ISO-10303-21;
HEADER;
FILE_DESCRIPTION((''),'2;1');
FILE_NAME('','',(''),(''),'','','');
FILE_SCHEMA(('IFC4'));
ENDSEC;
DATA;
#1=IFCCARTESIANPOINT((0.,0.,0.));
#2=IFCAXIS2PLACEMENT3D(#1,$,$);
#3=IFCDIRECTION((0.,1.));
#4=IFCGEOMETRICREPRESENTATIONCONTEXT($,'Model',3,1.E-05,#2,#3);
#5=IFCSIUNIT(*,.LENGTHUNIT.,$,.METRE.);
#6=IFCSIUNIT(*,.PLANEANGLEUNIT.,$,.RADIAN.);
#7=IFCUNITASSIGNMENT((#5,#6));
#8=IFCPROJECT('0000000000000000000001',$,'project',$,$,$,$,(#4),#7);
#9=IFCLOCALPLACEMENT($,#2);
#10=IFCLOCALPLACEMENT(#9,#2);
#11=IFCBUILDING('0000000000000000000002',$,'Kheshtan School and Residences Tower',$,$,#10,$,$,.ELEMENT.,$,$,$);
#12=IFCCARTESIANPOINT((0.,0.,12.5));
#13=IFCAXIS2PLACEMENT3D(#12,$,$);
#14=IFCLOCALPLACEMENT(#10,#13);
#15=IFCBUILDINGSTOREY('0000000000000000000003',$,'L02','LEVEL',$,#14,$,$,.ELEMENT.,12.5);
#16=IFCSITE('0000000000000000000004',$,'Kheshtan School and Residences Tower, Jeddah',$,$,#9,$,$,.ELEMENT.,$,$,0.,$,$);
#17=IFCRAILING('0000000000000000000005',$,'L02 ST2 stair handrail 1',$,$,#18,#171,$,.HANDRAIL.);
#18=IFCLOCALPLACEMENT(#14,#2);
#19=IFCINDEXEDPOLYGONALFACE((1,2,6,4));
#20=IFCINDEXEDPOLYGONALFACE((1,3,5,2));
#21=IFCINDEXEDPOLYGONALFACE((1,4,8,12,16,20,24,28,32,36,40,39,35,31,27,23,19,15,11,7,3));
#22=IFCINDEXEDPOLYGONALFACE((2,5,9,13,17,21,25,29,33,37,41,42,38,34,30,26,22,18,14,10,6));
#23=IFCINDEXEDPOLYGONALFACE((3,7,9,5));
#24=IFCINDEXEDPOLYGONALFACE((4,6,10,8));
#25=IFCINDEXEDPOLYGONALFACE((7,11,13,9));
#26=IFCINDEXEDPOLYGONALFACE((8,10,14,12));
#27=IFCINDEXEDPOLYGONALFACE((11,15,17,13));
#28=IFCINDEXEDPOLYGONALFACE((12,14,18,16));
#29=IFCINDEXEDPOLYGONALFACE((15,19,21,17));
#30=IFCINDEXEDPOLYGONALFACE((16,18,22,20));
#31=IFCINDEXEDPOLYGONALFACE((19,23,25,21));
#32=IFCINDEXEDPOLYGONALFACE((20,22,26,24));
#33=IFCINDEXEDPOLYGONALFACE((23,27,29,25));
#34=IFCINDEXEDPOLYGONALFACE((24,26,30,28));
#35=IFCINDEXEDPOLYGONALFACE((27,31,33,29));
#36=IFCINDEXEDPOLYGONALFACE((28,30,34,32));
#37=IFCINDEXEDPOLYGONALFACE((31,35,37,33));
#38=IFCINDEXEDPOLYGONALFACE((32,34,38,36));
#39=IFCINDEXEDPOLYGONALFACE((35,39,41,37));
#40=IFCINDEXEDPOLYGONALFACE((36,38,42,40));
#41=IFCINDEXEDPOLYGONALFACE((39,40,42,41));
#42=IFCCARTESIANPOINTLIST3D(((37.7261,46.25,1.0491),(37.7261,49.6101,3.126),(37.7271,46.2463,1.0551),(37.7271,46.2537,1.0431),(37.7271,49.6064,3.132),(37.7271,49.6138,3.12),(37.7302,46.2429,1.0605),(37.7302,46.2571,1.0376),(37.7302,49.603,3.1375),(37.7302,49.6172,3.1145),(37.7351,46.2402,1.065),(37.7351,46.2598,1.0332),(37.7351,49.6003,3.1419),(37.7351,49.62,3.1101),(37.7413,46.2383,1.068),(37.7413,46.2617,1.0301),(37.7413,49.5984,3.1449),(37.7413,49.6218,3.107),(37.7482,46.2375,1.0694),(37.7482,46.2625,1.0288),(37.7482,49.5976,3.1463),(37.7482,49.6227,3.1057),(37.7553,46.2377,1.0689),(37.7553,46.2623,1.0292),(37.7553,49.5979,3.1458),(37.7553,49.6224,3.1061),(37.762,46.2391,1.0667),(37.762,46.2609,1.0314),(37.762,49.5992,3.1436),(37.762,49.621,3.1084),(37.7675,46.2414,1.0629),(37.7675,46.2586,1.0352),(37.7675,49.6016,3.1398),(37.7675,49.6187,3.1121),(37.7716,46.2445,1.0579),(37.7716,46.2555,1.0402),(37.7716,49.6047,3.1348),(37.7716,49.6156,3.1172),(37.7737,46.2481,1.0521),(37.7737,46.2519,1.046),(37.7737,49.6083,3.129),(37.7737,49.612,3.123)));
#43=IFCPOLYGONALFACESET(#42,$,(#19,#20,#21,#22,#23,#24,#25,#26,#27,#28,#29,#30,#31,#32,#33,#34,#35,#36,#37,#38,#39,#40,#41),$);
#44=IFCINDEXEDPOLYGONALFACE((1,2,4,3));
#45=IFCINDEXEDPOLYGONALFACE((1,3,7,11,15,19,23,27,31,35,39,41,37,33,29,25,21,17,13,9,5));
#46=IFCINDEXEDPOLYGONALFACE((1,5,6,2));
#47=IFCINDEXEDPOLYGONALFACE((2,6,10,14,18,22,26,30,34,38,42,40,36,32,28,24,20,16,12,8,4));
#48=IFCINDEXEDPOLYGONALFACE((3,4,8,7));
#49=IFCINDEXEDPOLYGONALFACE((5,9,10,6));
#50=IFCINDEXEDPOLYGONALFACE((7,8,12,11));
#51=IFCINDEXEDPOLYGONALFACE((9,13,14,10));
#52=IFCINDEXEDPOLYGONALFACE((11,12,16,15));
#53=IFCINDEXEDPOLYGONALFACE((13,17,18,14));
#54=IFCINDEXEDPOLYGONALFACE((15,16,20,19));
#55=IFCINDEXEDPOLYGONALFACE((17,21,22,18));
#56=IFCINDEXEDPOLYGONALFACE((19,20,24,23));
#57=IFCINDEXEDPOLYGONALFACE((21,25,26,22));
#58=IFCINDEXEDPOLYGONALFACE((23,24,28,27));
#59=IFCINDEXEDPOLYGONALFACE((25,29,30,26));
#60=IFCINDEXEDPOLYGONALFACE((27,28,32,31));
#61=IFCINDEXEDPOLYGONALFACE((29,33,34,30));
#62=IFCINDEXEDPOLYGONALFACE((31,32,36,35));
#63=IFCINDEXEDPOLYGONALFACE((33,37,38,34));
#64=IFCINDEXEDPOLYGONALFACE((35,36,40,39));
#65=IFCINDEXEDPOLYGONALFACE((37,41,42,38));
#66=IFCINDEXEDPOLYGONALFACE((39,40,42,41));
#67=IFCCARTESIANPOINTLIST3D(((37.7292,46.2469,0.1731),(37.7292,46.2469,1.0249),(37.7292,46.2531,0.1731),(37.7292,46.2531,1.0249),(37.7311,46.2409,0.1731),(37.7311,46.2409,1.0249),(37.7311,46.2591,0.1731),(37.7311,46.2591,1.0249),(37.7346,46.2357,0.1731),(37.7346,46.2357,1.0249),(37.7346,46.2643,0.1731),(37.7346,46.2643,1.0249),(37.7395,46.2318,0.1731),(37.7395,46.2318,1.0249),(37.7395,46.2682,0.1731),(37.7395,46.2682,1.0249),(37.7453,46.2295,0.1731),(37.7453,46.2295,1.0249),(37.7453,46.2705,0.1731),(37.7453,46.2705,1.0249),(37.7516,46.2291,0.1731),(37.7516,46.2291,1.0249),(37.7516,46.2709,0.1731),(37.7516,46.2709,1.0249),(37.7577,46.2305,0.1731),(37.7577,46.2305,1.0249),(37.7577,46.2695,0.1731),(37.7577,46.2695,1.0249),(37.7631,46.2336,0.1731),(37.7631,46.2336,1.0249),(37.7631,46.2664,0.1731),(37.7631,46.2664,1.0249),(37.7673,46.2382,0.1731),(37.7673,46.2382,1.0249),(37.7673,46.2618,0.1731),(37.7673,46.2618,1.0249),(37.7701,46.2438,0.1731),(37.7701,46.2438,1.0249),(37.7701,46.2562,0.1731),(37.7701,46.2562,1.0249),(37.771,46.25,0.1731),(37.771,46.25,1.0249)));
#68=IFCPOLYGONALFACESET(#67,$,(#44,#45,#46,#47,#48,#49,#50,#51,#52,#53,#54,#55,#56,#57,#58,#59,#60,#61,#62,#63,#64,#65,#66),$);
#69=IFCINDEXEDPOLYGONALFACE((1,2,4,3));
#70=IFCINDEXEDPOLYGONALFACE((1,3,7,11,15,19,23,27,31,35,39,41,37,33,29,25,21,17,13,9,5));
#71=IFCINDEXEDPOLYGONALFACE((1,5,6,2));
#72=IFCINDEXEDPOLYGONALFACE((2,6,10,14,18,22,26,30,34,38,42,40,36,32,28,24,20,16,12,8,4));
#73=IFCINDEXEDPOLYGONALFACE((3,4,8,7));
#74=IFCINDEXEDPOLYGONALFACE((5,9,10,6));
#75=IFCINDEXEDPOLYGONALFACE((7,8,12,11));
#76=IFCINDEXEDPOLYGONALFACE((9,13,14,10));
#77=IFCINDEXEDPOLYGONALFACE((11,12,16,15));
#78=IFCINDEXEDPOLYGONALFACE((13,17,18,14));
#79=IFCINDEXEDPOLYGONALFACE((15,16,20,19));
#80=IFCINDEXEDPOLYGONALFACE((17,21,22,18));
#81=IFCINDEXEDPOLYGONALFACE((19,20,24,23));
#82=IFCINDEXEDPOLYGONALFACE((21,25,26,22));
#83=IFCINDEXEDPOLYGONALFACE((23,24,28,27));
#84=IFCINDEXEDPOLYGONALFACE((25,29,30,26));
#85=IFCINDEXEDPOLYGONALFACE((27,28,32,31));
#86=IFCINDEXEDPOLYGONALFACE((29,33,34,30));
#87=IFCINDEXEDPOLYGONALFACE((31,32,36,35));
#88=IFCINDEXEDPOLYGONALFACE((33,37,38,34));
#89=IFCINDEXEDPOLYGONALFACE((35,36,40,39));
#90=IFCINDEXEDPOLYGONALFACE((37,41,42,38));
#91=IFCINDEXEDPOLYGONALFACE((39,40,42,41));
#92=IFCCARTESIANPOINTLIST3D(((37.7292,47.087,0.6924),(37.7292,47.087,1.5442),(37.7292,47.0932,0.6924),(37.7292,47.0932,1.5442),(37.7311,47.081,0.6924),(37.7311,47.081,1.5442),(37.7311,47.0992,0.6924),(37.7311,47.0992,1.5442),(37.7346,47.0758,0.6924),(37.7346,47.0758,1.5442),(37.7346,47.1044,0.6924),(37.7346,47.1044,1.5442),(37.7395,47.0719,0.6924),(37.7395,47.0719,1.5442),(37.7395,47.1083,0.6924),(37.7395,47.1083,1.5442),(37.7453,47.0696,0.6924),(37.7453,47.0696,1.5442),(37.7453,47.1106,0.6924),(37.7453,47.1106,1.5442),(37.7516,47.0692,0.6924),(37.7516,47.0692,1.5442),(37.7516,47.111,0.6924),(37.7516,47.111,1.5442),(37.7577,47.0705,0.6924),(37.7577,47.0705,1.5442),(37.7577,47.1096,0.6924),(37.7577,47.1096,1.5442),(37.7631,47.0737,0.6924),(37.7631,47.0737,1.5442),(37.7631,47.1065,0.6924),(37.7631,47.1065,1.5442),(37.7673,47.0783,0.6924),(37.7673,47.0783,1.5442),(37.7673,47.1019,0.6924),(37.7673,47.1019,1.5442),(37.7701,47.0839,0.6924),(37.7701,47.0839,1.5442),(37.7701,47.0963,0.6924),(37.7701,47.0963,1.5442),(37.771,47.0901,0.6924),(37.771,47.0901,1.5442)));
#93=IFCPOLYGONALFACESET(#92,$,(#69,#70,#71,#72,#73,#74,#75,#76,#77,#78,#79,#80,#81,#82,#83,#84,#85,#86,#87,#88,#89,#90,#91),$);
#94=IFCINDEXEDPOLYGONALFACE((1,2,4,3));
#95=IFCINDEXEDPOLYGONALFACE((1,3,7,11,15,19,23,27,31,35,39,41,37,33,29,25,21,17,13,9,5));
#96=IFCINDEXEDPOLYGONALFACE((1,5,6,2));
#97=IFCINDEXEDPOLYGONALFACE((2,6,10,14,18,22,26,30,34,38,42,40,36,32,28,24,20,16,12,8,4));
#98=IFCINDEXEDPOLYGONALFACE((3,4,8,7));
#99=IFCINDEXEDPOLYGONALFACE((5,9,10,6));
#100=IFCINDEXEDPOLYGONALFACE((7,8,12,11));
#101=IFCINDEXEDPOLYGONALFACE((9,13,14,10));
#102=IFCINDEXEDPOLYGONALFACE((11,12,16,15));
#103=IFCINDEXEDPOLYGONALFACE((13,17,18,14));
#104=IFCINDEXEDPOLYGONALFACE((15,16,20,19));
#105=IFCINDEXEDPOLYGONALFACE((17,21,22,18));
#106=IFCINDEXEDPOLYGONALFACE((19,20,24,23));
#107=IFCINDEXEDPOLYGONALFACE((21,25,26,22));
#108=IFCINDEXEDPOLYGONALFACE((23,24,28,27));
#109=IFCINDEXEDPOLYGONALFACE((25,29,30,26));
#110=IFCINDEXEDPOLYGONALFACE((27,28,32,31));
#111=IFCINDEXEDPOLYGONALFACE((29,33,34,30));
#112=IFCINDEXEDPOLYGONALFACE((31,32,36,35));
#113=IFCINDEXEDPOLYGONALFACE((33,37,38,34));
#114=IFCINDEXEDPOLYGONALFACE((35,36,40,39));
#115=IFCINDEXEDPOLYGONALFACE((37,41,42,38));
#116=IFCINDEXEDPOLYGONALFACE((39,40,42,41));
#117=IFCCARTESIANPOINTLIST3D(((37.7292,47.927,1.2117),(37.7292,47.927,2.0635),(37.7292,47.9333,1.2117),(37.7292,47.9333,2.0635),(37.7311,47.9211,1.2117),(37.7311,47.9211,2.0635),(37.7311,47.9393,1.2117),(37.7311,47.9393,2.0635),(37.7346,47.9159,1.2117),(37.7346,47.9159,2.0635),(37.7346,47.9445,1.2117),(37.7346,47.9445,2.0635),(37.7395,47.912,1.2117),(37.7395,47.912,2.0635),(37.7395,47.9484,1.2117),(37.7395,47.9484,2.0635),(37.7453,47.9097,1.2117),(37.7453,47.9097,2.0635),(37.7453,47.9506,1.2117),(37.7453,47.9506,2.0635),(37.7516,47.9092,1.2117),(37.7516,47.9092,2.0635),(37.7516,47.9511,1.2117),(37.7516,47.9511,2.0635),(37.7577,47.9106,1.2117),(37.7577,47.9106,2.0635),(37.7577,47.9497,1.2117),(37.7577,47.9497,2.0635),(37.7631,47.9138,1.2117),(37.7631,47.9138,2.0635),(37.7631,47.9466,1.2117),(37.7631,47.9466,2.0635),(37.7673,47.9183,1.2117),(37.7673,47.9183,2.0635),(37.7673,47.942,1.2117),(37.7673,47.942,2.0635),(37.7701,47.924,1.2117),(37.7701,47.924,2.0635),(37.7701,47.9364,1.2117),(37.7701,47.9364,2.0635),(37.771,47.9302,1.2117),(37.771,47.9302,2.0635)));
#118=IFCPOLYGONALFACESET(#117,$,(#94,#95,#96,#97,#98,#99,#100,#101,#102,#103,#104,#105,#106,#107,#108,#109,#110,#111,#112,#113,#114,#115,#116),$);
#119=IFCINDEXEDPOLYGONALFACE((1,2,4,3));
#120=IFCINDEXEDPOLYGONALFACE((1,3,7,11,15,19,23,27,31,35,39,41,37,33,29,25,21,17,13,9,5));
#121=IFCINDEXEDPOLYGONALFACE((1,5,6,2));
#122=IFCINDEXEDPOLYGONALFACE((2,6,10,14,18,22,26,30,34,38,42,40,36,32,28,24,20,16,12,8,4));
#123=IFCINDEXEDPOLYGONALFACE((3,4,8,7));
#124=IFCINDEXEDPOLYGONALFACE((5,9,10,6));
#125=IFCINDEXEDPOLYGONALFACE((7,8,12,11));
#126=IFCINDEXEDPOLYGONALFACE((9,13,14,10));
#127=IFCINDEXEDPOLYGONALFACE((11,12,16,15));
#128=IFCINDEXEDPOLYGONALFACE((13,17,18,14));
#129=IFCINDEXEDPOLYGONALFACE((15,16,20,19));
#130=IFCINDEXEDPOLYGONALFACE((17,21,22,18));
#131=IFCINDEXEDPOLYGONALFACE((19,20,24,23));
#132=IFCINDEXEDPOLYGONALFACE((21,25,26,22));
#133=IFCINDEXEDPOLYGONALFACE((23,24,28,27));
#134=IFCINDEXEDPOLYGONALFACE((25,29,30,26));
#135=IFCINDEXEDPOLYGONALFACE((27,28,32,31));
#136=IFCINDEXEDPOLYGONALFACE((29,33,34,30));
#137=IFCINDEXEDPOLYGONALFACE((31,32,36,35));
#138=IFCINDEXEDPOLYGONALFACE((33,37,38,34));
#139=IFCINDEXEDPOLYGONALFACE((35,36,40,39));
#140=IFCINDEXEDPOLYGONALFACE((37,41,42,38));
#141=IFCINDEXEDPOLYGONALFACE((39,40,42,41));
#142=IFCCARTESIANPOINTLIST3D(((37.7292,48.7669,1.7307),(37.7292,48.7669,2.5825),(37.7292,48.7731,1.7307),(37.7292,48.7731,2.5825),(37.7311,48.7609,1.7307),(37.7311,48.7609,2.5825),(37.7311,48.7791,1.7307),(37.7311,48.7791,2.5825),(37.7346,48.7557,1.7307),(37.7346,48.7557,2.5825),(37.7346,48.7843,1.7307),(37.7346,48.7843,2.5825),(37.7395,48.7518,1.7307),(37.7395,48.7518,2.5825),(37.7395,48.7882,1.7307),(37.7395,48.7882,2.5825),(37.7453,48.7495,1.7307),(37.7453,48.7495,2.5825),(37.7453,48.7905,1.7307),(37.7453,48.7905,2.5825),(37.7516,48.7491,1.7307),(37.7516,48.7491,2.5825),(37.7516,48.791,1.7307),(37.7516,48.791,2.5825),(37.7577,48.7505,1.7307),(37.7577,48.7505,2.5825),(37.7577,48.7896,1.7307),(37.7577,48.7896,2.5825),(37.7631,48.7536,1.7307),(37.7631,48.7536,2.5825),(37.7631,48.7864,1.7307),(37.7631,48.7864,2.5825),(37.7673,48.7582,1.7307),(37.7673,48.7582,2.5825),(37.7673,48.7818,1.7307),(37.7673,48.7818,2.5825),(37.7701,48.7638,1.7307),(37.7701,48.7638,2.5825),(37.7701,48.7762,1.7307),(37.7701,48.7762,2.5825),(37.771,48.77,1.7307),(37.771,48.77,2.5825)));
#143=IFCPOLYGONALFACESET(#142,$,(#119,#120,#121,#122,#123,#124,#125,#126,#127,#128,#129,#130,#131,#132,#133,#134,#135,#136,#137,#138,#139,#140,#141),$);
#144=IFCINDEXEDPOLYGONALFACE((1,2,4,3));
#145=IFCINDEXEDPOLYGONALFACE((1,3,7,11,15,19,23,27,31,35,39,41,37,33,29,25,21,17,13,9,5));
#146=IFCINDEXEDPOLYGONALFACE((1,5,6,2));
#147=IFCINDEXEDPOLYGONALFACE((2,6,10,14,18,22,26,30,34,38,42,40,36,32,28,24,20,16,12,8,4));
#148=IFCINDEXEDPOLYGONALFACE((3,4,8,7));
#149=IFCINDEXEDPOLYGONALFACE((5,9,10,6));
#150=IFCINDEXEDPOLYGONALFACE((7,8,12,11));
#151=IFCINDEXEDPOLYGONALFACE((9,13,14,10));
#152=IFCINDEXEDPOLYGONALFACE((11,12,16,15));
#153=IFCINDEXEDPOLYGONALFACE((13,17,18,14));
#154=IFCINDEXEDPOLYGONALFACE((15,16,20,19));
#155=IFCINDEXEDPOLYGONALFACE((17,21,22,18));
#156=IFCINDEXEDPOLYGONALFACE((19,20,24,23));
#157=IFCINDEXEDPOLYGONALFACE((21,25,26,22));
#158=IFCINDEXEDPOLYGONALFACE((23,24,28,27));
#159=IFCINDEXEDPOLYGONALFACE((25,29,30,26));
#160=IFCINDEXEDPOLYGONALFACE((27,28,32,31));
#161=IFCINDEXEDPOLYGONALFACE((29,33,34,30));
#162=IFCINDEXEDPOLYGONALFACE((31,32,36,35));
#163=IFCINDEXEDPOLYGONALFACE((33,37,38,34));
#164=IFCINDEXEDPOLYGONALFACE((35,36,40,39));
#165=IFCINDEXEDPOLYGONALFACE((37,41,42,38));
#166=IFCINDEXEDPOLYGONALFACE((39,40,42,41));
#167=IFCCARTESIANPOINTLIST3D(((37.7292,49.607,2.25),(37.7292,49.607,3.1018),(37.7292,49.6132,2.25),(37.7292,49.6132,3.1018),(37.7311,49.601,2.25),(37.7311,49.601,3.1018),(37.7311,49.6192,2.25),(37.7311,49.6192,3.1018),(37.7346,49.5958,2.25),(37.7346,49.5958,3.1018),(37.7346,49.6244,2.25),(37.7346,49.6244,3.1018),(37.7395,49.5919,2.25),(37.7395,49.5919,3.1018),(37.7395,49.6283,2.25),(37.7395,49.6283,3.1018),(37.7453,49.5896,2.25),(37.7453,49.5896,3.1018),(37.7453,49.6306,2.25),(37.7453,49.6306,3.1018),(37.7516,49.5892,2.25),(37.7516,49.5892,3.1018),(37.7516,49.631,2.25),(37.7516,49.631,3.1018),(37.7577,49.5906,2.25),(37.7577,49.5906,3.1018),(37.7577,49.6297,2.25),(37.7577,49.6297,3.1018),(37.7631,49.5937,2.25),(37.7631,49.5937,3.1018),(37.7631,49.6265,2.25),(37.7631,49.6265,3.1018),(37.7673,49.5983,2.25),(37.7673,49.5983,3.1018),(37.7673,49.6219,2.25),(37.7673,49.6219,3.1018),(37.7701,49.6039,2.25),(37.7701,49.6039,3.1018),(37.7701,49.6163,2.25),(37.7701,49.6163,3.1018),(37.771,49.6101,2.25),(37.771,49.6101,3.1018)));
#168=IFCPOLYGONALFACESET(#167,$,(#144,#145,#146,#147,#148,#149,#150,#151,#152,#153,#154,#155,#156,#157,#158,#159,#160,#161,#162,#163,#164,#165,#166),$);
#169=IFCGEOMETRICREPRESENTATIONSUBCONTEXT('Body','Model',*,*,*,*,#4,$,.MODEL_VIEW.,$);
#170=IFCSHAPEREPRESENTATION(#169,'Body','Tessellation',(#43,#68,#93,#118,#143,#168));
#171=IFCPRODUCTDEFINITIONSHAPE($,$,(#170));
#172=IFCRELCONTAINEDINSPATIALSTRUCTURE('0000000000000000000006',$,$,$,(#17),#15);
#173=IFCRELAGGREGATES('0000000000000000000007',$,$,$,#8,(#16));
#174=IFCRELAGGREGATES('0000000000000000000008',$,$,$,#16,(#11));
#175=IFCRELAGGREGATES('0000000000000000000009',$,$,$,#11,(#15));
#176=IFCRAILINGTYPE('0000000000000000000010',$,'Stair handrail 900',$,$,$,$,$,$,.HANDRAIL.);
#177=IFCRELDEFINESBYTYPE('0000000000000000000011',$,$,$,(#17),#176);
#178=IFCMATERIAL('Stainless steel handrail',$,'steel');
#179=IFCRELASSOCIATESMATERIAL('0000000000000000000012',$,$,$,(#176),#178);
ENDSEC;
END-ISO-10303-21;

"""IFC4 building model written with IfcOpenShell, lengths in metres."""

from ifc_helpers import new_model, si_unit, direction, frame, origin, origin_2d, place, context, subcontext, project, spatial, circle, extrude, material, type_object, element, save


model = new_model("IFC4")

# Units and contexts
model_context = context("Model", 3, precision=1e-05, world=origin(), true_north=direction((0.0, 1.0)))
body_context = subcontext(model_context, "Body", "Model", "MODEL_VIEW")
ifc_project = project(units=[si_unit("LENGTHUNIT", "METRE"), si_unit("PLANEANGLEUNIT", "RADIAN")], contexts=[model_context])

# Site, building, storey
site_placement = place(None, origin())
site = spatial("IfcSite", under=ifc_project, at=site_placement, Name="Kheshtan School and Residences Tower, Jeddah", CompositionType="ELEMENT", RefElevation=0.0)
building_placement = place(site_placement, origin())
building = spatial("IfcBuilding", under=site, at=building_placement, Name="Kheshtan School and Residences Tower", CompositionType="ELEMENT")
storey_placement = place(building_placement, frame((0.0, 0.0, 12.5)))
storey = spatial("IfcBuildingStorey", under=building, at=storey_placement, Name="L02", Description="LEVEL", CompositionType="ELEMENT", Elevation=12.5)

# Railing
ifc_material_1 = material(Name="Stainless steel handrail", Category="steel")
railing_type_1 = type_object("IfcRailingType", Name="Stair handrail 900", PredefinedType="HANDRAIL", material=ifc_material_1)
railing_1_placement = place(storey_placement, frame((37.75, 46.25, 0.1731)))
element("IfcRailing", 1, at=railing_1_placement, inside=storey, type_object=railing_type_1, Name="L02 ST2 stair handrail 1", PredefinedType="HANDRAIL", context=body_context, shape_type="SweptSolid", body=[
    extrude(circle(Radius=0.0239, at=origin_2d()), frame((0.0, 0.0, 0.876), z_axis=(0.0, 0.850623, 0.525776), x_axis=(-1.0, 0.0, 0.0)), (0.0, 0.0, 1.0), 3.9502),
    extrude(circle(Radius=0.021, at=origin_2d()), origin(), (0.0, 0.0, 1.0), 0.8518),
    extrude(circle(Radius=0.021, at=origin_2d()), frame((0.0, 0.8401, 0.5193)), (0.0, 0.0, 1.0), 0.8518),
    extrude(circle(Radius=0.021, at=origin_2d()), frame((0.0, 1.6802, 1.0386)), (0.0, 0.0, 1.0), 0.8518),
    extrude(circle(Radius=0.021, at=origin_2d()), frame((0.0, 2.52, 1.5576)), (0.0, 0.0, 1.0), 0.8518),
    extrude(circle(Radius=0.021, at=origin_2d()), frame((0.0, 3.3601, 2.0769)), (0.0, 0.0, 1.0), 0.8518),
])

save(model, "model.ifc")
